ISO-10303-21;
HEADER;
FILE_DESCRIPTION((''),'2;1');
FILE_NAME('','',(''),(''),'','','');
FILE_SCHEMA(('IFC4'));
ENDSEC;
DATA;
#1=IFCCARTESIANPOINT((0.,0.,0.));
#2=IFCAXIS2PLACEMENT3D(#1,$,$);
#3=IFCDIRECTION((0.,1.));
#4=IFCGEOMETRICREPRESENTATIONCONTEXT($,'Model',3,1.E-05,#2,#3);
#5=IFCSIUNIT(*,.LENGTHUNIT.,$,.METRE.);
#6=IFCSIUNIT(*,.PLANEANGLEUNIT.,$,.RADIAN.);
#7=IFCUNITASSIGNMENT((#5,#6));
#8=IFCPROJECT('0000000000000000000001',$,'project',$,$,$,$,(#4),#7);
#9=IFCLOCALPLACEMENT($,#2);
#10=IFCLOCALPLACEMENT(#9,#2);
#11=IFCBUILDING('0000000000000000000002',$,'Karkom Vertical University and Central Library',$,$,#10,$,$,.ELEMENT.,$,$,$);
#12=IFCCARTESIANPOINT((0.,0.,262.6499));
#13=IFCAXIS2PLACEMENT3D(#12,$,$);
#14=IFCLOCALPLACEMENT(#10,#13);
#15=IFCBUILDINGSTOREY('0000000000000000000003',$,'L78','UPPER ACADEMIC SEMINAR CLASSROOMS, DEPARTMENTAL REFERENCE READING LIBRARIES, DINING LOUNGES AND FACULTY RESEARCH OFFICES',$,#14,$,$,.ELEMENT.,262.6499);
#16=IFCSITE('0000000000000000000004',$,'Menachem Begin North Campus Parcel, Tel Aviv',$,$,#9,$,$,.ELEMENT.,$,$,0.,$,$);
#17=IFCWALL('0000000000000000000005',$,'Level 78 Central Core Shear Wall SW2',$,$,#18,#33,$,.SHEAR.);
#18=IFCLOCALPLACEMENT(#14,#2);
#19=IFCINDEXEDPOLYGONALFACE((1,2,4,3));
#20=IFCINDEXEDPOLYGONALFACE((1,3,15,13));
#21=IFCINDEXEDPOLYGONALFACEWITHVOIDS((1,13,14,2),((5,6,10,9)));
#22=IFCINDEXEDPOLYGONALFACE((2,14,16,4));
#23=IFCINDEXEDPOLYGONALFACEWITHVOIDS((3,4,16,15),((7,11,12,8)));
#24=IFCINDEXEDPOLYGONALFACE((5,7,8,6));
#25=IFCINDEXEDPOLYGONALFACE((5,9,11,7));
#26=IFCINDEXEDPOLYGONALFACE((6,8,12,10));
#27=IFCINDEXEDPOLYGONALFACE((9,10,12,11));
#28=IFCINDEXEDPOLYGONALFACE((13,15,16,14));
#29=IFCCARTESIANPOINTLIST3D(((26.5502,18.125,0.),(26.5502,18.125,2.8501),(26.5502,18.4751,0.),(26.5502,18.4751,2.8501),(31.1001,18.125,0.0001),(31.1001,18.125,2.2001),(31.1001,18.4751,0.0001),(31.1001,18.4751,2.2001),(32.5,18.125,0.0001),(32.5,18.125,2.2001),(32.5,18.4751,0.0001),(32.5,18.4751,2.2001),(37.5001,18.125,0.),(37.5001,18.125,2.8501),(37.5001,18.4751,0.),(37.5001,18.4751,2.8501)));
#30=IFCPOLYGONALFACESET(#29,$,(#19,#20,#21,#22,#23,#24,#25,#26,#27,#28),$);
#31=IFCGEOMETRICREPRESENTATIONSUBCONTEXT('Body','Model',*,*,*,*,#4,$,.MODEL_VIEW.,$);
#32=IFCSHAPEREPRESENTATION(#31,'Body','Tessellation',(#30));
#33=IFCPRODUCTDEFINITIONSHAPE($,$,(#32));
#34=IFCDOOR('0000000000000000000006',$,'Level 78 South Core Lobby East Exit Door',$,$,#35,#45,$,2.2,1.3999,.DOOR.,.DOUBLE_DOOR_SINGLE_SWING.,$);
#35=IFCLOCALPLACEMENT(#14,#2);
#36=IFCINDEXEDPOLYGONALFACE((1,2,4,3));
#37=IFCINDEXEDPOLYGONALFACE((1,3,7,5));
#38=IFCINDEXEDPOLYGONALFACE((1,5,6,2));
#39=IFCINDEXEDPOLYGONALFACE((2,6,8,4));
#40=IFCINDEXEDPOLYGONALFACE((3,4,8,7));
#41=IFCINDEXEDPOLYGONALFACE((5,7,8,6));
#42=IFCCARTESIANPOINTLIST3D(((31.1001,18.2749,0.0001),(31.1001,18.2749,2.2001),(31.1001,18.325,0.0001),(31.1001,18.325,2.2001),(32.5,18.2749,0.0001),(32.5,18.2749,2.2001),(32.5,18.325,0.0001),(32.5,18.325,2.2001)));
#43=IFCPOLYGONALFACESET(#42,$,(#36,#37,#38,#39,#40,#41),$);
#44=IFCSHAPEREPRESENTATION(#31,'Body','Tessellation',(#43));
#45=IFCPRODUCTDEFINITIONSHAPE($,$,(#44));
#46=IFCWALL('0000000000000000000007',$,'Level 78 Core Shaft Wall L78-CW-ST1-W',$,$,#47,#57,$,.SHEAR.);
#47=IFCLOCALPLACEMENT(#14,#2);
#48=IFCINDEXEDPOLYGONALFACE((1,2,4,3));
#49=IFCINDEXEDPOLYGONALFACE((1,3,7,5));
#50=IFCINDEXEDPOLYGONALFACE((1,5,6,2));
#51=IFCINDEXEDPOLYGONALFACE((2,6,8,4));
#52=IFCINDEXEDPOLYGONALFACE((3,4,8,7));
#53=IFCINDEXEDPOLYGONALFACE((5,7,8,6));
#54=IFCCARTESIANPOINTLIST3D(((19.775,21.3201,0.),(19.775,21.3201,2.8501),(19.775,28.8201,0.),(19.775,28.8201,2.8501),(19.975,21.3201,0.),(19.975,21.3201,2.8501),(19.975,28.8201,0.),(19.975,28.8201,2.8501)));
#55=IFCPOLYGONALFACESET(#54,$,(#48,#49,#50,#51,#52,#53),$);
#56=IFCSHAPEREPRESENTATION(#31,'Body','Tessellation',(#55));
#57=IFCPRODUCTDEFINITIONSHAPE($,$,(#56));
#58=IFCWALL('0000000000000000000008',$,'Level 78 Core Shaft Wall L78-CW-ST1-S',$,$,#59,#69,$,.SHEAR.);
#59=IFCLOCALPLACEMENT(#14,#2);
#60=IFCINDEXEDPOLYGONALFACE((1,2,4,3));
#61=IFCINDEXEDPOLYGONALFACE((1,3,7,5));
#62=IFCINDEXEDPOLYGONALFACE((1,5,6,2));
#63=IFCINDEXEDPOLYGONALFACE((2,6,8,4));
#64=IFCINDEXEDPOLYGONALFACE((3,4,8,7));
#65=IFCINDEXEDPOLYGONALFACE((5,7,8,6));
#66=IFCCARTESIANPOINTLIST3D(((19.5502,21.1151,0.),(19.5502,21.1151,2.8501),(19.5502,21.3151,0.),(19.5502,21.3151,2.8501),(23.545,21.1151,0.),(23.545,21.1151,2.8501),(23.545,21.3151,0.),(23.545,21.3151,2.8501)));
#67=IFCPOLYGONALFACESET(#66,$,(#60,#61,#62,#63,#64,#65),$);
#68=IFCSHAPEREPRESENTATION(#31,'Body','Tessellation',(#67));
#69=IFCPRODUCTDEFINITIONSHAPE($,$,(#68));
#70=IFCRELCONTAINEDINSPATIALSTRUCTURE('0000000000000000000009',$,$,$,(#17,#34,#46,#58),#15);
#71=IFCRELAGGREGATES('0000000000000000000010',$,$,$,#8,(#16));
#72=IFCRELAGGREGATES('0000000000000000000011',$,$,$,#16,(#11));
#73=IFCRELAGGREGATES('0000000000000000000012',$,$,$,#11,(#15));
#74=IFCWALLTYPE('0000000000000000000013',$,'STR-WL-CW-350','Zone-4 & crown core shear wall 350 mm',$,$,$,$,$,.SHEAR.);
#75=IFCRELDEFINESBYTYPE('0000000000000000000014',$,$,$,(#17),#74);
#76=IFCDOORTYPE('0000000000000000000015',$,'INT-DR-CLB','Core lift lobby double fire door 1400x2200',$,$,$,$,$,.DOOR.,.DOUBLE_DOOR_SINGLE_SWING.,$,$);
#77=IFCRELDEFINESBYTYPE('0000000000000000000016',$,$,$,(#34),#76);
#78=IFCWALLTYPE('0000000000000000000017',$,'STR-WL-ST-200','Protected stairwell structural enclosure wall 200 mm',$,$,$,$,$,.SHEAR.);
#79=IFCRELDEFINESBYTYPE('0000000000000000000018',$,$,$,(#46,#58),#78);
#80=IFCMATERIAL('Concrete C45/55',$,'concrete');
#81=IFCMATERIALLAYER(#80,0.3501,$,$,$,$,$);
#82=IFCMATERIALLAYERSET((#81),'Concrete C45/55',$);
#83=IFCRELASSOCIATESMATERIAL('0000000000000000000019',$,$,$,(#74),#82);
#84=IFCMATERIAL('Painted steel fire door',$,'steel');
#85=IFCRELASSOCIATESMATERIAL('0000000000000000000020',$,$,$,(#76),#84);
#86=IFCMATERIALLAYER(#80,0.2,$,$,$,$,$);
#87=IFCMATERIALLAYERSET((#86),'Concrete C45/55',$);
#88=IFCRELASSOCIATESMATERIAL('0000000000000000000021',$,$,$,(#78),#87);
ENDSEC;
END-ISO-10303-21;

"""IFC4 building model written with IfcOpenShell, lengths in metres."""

from ifc_helpers import new_model, si_unit, direction, frame, frame_2d, origin, origin_with_axes, place, context, subcontext, project, spatial, rectangle, extrude, source, transform, mapped, material, layer, layer_set, type_object, element, fill, save


model = new_model("IFC4")

# Units and contexts
model_context = context("Model", 3, precision=1e-05, world=origin(), true_north=direction((0.0, 1.0)))
body_context = subcontext(model_context, "Body", "Model", "MODEL_VIEW")
ifc_project = project(units=[si_unit("LENGTHUNIT", "METRE"), si_unit("PLANEANGLEUNIT", "RADIAN")], contexts=[model_context])

# Site, building, storey
site_placement = place(None, origin())
site = spatial("IfcSite", under=ifc_project, at=site_placement, Name="Menachem Begin North Campus Parcel, Tel Aviv", CompositionType="ELEMENT", RefElevation=0.0)
building_placement = place(site_placement, origin())
building = spatial("IfcBuilding", under=site, at=building_placement, Name="Karkom Vertical University and Central Library", CompositionType="ELEMENT")
storey_placement = place(building_placement, frame((0.0, 0.0, 262.6499)))
storey = spatial("IfcBuildingStorey", under=building, at=storey_placement, Name="L78", Description="UPPER ACADEMIC SEMINAR CLASSROOMS, DEPARTMENTAL REFERENCE READING LIBRARIES, DINING LOUNGES AND FACULTY RESEARCH OFFICES", CompositionType="ELEMENT", Elevation=262.6499)

# Shared definitions
ifc_material_1 = material(Name="Concrete C45/55", Category="concrete")

# Wall, opening, door
ifc_layer_1 = layer(ifc_material_1, 0.3501)
ifc_layer_set_1 = layer_set([ifc_layer_1], Name="Concrete C45/55")
wall_type_1 = type_object("IfcWallType", Name="STR-WL-CW-350", Description="Zone-4 & crown core shear wall 350 mm", PredefinedType="SHEAR", material=ifc_layer_set_1)
ifc_material_2 = material(Name="Painted steel fire door", Category="steel")
door_type_1 = type_object("IfcDoorType", Name="INT-DR-CLB", Description="Core lift lobby double fire door 1400x2200", OperationType="DOUBLE_DOOR_SINGLE_SWING", PredefinedType="DOOR", material=ifc_material_2)
shared_shape_1 = source(origin_with_axes(), body_context, "Body", "SweptSolid", [
    extrude(rectangle(XDim=1.3999, YDim=2.2, at=frame_2d((0.7, 1.1001))), frame((0.0, 0.0249, 0.0), z_axis=(0.0, -1.0, 0.0), x_axis=(1.0, 0.0, 0.0)), (0.0, 0.0, 1.0), 0.05),
])
wall_1_placement = place(storey_placement, frame((26.55, 18.3, 0.0), z_axis=(0.0, 0.0, 1.0), x_axis=(1.0, 0.0, 0.0)))
wall_1 = element("IfcWall", 1, at=wall_1_placement, inside=storey, type_object=wall_type_1, Name="Level 78 Central Core Shear Wall SW2", PredefinedType="SHEAR", context=body_context, shape_type="SweptSolid", body=[
    extrude(rectangle(XDim=10.95, YDim=0.3501, at=frame_2d((5.4751, 0.0))), origin(), (0.0, 0.0, 1.0), 2.8501),
])
opening_1_placement = place(wall_1_placement, frame((4.55, 0.0, 0.0)))
opening_1 = element("IfcOpeningElement", 2, at=opening_1_placement, cuts=wall_1, PredefinedType="OPENING", context=body_context, shape_type="SweptSolid", body=[
    extrude(rectangle(XDim=1.3999, YDim=2.2, at=frame_2d((0.7, 1.1001))), frame((0.0, 0.1851, 0.0), z_axis=(0.0, -1.0, 0.0), x_axis=(1.0, 0.0, 0.0)), (0.0, 0.0, 1.0), 0.3701),
])
door_1_placement = place(opening_1_placement, origin())
door_1 = element("IfcDoor", 3, at=door_1_placement, inside=storey, type_object=door_type_1, Name="Level 78 South Core Lobby East Exit Door", OperationType="DOUBLE_DOOR_SINGLE_SWING", OverallHeight=2.2, OverallWidth=1.3999, PredefinedType="DOOR", context=body_context, shape_type="MappedRepresentation", body=[
    mapped(shared_shape_1, transform((0.0, 0.0, 0.0), scale=1.0)),
])
fill(opening_1, door_1)

# Shared definitions
ifc_layer_2 = layer(ifc_material_1, 0.2)
ifc_layer_set_2 = layer_set([ifc_layer_2], Name="Concrete C45/55")
wall_type_2 = type_object("IfcWallType", Name="STR-WL-ST-200", Description="Protected stairwell structural enclosure wall 200 mm", PredefinedType="SHEAR", material=ifc_layer_set_2)

# Walls
wall_2_placement = place(storey_placement, frame((19.875, 21.3201, 0.0), z_axis=(0.0, 0.0, 1.0), x_axis=(0.0, 1.0, 0.0)))
element("IfcWall", 4, at=wall_2_placement, inside=storey, type_object=wall_type_2, Name="Level 78 Core Shaft Wall L78-CW-ST1-W", PredefinedType="SHEAR", context=body_context, shape_type="SweptSolid", body=[
    extrude(rectangle(XDim=7.5, YDim=0.2, at=frame_2d((3.75, 0.0))), origin(), (0.0, 0.0, 1.0), 2.8501),
])
wall_3_placement = place(storey_placement, frame((19.55, 21.2151, 0.0), z_axis=(0.0, 0.0, 1.0), x_axis=(1.0, 0.0, 0.0)))
element("IfcWall", 5, at=wall_3_placement, inside=storey, type_object=wall_type_2, Name="Level 78 Core Shaft Wall L78-CW-ST1-S", PredefinedType="SHEAR", context=body_context, shape_type="SweptSolid", body=[
    extrude(rectangle(XDim=3.9949, YDim=0.2, at=frame_2d((1.9976, 0.0))), origin(), (0.0, 0.0, 1.0), 2.8501),
])

save(model, "model.ifc")
